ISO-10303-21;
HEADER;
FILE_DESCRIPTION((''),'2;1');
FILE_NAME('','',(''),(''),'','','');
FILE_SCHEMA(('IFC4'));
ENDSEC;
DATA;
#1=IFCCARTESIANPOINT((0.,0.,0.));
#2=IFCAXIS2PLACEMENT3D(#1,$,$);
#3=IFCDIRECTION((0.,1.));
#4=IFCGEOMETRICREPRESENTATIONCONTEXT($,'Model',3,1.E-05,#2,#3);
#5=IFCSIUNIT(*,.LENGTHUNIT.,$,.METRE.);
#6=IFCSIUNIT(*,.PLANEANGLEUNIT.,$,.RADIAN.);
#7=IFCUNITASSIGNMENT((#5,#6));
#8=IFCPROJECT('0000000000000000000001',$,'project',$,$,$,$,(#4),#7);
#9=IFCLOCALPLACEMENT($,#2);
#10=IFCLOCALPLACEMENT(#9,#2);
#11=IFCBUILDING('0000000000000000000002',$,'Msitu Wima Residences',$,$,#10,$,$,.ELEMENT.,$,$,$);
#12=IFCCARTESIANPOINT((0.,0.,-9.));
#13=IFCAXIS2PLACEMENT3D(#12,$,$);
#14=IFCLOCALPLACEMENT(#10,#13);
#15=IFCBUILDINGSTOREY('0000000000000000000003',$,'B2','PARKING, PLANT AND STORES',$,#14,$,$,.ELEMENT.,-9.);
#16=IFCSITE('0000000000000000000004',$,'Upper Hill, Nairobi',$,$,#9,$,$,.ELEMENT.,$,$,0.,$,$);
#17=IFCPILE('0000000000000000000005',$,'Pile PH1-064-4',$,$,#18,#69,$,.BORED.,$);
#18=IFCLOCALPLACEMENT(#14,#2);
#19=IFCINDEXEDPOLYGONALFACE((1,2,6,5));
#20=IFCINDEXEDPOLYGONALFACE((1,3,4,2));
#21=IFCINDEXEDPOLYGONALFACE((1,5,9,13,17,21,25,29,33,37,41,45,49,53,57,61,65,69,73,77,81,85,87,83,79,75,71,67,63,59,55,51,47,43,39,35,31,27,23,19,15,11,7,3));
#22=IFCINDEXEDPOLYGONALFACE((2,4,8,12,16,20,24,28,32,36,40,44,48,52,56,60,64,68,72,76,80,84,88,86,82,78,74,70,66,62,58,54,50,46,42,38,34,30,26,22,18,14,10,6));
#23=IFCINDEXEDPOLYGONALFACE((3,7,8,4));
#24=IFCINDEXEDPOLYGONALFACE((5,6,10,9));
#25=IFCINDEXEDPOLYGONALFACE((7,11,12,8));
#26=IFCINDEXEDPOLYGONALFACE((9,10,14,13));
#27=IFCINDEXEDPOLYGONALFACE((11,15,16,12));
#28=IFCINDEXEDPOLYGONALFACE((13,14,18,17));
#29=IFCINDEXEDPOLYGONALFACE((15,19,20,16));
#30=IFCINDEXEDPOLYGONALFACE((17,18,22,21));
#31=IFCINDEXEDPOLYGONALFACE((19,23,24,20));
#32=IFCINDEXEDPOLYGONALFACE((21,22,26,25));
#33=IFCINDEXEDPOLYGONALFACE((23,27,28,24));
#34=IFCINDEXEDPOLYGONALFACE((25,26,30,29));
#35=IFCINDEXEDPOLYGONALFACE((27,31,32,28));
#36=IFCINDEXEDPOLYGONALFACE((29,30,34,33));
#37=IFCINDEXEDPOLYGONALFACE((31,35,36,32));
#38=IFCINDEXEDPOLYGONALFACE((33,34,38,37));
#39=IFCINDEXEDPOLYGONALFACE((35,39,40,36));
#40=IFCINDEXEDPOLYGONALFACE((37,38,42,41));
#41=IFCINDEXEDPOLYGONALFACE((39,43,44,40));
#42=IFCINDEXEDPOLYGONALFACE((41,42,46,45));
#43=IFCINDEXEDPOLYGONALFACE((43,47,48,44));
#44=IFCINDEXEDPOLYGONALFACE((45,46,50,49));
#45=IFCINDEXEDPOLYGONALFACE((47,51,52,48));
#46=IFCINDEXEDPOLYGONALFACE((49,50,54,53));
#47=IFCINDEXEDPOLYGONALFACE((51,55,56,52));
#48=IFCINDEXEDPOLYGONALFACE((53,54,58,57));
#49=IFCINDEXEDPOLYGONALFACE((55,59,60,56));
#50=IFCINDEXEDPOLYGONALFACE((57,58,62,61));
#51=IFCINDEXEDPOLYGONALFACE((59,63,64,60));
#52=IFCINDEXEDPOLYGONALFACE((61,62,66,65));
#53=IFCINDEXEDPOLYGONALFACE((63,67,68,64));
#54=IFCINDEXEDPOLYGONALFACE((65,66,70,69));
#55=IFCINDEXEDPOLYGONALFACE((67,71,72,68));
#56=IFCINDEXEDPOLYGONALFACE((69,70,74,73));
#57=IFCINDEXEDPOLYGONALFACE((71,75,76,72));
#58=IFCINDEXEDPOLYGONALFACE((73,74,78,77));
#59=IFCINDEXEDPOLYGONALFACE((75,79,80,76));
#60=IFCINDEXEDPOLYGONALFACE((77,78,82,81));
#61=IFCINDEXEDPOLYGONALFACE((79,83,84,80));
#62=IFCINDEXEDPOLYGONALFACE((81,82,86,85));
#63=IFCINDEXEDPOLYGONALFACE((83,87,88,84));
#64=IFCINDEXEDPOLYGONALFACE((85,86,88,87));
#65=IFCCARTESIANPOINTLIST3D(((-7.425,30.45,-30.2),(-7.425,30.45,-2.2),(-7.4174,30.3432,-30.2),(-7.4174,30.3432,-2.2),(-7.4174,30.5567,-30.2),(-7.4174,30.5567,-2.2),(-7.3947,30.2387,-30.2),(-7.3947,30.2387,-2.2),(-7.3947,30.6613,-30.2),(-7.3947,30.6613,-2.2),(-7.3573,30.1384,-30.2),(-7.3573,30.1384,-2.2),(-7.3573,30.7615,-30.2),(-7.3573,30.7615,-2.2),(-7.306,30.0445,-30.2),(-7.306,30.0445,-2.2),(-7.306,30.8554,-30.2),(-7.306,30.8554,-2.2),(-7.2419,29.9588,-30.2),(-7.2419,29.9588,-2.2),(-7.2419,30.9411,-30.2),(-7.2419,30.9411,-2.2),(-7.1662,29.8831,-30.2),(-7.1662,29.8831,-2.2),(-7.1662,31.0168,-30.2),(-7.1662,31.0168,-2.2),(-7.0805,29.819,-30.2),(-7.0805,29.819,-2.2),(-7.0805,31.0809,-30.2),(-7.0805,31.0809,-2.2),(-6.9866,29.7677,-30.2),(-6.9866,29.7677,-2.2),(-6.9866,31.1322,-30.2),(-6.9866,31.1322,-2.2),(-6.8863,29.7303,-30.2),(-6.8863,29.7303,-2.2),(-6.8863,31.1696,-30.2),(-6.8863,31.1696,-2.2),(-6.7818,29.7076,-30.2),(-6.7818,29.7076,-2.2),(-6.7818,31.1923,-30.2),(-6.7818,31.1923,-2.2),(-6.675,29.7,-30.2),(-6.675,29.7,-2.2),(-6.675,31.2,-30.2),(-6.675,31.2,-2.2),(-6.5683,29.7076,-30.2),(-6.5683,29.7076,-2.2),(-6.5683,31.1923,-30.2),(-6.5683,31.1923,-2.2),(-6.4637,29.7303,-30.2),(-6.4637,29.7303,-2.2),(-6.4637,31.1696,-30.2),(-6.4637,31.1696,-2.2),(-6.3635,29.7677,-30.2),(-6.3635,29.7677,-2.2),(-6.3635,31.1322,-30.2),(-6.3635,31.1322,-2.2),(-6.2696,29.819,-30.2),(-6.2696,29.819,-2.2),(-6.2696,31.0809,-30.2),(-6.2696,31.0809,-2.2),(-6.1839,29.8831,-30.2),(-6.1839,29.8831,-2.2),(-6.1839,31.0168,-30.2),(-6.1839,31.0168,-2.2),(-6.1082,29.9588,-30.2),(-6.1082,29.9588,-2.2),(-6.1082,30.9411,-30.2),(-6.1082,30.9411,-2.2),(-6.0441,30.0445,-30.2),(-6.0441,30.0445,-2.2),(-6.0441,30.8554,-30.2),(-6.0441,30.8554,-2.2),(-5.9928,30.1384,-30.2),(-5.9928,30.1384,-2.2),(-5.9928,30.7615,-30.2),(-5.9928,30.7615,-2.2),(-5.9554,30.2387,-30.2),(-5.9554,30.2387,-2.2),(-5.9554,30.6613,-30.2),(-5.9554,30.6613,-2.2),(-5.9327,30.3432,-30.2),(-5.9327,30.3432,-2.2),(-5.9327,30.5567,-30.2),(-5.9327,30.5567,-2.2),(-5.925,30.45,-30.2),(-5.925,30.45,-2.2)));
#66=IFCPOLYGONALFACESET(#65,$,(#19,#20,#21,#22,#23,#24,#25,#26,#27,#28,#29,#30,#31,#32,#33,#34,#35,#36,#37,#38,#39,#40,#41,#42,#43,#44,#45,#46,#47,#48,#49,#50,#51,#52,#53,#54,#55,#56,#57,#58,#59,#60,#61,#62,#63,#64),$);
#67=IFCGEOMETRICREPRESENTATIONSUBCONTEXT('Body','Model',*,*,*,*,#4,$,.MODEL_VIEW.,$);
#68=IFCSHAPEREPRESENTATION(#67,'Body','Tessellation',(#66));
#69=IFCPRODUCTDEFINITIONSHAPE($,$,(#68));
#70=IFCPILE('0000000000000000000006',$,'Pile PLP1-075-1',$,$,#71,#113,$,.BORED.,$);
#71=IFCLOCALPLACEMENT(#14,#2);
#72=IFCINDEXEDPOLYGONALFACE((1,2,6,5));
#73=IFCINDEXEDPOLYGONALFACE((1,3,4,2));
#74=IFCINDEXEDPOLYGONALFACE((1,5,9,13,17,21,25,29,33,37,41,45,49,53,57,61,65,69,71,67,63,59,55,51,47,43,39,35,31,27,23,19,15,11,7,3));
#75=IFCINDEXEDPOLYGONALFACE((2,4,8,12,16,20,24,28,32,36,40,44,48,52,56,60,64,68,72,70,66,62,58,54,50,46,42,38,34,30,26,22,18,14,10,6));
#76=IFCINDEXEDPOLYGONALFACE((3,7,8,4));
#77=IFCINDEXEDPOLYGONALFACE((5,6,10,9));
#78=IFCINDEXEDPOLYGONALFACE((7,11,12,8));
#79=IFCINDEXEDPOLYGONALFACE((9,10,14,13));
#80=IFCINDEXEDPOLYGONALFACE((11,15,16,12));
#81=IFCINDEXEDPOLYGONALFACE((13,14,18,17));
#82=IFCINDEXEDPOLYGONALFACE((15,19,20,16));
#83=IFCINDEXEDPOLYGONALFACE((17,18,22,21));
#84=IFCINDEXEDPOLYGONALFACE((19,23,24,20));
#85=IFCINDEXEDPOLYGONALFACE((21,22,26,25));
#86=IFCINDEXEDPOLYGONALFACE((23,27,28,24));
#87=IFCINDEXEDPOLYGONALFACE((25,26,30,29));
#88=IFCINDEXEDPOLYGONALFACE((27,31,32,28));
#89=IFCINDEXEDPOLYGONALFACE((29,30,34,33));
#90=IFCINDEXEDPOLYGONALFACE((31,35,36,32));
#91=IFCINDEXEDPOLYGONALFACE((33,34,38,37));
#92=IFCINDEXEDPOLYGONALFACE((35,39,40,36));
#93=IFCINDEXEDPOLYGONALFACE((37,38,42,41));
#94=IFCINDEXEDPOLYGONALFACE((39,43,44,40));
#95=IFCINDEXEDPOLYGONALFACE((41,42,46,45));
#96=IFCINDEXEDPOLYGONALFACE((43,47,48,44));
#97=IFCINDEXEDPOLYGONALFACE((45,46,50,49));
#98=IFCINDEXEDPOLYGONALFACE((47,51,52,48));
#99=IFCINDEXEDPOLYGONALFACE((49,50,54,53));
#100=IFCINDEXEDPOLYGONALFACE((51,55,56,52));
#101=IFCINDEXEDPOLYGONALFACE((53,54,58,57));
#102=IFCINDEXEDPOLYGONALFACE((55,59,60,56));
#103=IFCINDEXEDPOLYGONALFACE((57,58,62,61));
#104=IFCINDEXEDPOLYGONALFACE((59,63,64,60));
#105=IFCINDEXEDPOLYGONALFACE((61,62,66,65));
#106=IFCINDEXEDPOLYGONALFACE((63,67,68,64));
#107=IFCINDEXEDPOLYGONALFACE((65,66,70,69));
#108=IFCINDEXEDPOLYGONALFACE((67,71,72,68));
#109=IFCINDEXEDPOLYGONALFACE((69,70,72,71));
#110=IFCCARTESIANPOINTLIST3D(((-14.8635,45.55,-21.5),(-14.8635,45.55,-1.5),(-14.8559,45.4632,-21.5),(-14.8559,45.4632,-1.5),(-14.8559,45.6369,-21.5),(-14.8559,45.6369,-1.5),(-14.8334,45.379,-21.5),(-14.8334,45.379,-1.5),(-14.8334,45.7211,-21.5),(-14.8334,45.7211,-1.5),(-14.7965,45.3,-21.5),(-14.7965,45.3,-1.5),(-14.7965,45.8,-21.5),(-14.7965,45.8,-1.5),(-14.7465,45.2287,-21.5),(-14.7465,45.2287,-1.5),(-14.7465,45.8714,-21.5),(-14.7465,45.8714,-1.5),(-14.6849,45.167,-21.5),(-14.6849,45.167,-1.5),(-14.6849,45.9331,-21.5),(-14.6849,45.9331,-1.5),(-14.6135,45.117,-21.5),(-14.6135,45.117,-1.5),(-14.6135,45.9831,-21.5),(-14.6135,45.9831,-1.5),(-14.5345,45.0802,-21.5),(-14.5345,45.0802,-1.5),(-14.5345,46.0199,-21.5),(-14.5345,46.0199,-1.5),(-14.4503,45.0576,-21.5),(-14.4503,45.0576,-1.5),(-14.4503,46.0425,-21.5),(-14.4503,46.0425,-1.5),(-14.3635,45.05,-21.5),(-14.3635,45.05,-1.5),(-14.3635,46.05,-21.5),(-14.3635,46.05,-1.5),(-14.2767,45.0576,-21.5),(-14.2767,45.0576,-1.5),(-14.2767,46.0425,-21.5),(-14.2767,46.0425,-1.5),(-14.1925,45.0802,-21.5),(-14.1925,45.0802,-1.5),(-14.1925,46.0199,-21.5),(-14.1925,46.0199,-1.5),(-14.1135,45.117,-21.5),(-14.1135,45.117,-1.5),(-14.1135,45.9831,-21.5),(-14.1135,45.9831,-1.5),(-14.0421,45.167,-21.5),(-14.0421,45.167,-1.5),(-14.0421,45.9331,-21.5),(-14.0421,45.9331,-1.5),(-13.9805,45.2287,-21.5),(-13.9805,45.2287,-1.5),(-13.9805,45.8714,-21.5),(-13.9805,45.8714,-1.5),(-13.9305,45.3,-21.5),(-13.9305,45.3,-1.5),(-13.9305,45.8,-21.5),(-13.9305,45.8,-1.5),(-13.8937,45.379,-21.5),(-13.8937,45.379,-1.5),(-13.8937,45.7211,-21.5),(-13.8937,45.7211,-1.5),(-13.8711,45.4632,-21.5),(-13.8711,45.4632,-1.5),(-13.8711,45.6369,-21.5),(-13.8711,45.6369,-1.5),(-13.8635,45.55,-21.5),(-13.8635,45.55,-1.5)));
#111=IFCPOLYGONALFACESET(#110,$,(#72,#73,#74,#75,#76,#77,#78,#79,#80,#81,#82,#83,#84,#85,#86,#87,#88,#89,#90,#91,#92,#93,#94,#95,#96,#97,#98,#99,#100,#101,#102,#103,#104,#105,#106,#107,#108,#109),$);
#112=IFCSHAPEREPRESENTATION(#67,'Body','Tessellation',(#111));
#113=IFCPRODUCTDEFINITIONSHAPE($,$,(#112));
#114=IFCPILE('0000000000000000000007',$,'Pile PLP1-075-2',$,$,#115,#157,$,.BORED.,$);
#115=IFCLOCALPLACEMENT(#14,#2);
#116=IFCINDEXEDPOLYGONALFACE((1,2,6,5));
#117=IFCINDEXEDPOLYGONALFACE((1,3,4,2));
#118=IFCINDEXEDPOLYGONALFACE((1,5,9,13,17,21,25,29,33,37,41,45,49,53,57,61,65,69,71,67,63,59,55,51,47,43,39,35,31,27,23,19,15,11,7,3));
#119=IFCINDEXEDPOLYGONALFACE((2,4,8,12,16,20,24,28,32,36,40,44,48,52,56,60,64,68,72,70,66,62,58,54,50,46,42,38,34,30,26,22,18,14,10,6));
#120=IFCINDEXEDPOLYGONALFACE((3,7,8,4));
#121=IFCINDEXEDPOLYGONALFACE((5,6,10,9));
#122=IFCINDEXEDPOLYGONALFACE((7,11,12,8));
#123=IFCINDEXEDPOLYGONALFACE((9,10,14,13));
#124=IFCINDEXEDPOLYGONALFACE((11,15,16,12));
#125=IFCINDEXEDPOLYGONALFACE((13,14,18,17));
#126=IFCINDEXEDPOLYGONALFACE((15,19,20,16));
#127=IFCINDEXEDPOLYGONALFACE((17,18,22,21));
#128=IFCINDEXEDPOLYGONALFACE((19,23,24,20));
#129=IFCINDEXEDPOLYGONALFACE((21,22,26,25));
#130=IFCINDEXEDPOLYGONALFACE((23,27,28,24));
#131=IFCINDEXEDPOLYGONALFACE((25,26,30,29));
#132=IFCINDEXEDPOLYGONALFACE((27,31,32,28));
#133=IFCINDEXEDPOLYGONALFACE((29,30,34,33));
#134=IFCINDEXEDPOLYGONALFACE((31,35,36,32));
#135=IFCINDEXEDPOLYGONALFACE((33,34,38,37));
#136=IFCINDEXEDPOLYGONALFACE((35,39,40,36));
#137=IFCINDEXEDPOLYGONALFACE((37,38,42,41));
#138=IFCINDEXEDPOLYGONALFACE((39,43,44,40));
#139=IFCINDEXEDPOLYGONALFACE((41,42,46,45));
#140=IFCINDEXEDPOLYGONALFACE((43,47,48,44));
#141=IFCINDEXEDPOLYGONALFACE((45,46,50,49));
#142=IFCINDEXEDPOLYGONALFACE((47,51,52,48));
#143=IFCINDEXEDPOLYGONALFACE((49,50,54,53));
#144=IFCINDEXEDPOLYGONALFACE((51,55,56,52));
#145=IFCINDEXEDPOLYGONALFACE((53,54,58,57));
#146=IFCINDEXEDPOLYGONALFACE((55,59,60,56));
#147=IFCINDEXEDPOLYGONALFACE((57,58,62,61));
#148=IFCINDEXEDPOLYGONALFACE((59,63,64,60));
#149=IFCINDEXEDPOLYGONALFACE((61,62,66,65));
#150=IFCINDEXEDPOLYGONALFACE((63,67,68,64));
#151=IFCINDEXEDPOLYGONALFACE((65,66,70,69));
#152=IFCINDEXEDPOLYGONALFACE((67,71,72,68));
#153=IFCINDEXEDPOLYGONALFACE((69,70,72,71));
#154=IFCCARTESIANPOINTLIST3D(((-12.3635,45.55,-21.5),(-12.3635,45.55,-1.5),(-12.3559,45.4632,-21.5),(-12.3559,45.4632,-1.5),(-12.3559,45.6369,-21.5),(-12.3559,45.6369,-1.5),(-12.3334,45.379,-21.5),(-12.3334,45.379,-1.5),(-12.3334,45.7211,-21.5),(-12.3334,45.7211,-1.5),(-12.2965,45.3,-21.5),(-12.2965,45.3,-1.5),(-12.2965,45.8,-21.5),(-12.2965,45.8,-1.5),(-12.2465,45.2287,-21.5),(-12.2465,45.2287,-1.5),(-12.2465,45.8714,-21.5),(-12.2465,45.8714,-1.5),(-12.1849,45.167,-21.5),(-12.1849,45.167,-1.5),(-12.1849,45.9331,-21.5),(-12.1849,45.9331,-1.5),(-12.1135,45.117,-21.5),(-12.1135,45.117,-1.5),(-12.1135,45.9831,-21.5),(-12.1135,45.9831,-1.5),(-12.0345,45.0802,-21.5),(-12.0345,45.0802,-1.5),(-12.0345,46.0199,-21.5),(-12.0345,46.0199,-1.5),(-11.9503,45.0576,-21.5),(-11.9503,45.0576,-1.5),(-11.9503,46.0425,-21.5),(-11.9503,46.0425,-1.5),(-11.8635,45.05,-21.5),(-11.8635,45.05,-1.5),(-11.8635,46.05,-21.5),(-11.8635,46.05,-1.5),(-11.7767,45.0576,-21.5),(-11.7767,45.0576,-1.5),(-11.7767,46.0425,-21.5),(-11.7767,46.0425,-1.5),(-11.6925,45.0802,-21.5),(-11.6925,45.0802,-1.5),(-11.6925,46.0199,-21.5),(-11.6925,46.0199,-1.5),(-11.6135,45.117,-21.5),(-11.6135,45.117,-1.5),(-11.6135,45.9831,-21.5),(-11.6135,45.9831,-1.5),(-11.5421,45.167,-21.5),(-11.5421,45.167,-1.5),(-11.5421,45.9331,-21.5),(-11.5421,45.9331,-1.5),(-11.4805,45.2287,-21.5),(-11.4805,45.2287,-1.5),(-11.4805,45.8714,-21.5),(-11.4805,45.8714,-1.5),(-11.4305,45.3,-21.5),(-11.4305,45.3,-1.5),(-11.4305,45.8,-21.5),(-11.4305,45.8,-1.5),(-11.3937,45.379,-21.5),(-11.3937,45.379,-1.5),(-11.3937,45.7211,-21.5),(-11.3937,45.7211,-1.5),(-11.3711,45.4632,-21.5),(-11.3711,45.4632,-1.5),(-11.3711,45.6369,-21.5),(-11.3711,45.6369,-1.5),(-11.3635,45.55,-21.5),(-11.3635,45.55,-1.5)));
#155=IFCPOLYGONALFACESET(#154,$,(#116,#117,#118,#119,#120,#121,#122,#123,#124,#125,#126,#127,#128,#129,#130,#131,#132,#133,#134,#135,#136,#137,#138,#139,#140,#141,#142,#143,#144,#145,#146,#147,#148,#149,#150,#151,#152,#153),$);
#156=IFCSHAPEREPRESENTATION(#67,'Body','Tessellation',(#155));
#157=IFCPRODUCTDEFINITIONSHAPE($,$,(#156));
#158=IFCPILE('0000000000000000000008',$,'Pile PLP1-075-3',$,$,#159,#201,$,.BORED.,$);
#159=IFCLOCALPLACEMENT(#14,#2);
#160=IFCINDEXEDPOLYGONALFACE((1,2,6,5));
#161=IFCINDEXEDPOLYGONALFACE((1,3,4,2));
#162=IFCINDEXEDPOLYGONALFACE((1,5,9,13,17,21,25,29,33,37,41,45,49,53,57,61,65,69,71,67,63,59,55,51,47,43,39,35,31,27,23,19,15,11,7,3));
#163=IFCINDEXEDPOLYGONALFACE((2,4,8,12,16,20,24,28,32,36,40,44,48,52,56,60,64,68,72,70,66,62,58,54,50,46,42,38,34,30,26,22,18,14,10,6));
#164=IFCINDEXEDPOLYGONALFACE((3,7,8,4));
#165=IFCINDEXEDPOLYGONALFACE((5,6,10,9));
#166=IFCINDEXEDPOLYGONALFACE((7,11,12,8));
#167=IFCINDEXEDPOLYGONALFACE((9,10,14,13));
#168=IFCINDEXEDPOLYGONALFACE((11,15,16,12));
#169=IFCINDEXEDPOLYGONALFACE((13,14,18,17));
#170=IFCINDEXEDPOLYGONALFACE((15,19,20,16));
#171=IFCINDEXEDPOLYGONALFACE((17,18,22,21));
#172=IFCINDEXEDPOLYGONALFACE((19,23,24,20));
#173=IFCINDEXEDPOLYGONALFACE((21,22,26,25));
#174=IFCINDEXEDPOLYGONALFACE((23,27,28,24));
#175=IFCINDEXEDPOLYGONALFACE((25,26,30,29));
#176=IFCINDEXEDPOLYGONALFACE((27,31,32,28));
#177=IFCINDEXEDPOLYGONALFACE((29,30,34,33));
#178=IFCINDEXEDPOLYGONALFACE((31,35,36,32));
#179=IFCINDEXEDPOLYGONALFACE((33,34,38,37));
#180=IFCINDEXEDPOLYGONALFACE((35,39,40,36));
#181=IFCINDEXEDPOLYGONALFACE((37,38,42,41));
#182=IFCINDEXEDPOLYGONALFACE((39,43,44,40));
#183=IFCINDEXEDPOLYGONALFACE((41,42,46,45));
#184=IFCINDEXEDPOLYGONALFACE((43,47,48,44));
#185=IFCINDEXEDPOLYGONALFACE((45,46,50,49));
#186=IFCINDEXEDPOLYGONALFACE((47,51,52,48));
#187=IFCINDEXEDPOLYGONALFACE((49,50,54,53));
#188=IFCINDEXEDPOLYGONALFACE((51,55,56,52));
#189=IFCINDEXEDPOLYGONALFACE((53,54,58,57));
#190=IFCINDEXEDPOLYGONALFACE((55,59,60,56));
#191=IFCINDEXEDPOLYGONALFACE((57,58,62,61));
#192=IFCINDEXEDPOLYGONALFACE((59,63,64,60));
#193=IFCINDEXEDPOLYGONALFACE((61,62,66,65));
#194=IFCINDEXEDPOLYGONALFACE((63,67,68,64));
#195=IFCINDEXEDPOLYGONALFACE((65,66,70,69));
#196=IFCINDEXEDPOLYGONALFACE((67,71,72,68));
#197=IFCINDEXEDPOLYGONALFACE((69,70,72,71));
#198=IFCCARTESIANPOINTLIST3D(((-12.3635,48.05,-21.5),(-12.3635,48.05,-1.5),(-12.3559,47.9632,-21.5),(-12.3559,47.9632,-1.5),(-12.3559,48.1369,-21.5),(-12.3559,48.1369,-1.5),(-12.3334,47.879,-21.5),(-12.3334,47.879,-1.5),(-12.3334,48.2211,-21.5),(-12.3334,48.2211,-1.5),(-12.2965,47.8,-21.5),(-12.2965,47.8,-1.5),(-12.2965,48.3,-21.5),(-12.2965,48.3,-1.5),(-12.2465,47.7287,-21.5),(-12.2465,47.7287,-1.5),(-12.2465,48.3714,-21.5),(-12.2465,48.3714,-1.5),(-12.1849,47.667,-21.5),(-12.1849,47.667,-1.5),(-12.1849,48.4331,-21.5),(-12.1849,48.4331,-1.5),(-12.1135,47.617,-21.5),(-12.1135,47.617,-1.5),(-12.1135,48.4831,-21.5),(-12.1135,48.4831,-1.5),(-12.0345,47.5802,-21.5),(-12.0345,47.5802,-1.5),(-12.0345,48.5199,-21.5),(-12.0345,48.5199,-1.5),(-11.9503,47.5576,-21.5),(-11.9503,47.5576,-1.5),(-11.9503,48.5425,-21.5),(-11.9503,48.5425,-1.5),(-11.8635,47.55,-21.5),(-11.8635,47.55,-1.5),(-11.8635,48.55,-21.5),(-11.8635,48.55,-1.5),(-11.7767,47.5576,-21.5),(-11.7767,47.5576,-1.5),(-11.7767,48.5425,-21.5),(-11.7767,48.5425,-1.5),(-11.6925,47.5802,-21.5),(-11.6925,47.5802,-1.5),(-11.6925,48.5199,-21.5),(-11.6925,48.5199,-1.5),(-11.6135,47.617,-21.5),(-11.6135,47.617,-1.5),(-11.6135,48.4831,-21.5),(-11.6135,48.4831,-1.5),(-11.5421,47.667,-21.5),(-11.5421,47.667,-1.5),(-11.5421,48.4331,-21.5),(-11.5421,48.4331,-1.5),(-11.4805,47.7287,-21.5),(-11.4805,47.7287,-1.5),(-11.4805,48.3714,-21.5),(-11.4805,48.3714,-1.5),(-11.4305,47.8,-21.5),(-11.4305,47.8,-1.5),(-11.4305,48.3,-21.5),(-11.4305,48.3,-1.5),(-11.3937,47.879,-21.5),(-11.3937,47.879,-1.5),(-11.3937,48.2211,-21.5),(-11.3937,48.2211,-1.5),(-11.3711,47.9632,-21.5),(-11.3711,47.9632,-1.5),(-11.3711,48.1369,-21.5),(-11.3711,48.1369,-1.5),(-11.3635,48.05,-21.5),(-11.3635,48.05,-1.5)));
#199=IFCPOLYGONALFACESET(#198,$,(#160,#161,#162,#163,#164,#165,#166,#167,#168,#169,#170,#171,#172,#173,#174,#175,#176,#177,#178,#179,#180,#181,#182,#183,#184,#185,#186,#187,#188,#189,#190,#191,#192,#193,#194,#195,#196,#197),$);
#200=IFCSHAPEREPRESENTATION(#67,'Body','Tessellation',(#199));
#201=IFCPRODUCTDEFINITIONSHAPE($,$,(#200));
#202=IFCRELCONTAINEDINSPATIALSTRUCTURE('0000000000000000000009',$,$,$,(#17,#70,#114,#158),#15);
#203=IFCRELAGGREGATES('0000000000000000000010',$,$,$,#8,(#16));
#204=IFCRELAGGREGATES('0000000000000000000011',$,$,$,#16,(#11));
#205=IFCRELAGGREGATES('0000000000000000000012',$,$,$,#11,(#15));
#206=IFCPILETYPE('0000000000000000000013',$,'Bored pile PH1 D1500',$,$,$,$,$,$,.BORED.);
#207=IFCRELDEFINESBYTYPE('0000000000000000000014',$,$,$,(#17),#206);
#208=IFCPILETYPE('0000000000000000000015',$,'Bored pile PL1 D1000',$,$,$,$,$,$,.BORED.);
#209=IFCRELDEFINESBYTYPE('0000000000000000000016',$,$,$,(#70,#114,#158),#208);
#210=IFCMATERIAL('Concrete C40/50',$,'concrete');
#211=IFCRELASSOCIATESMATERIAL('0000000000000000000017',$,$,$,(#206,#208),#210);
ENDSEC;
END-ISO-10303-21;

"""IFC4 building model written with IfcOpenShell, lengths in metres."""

from ifc_helpers import new_model, si_unit, direction, frame, origin, origin_2d, place, context, subcontext, project, spatial, circle, extrude, material, type_object, element, save


model = new_model("IFC4")

# Units and contexts
model_context = context("Model", 3, precision=1e-05, world=origin(), true_north=direction((0.0, 1.0)))
body_context = subcontext(model_context, "Body", "Model", "MODEL_VIEW")
ifc_project = project(units=[si_unit("LENGTHUNIT", "METRE"), si_unit("PLANEANGLEUNIT", "RADIAN")], contexts=[model_context])

# Site, building, storey
site_placement = place(None, origin())
site = spatial("IfcSite", under=ifc_project, at=site_placement, Name="Upper Hill, Nairobi", CompositionType="ELEMENT", RefElevation=0.0)
building_placement = place(site_placement, origin())
building = spatial("IfcBuilding", under=site, at=building_placement, Name="Msitu Wima Residences", CompositionType="ELEMENT")
storey_placement = place(building_placement, frame((0.0, 0.0, -9.0)))
storey = spatial("IfcBuildingStorey", under=building, at=storey_placement, Name="B2", Description="PARKING, PLANT AND STORES", CompositionType="ELEMENT", Elevation=-9.0)

# Piles
ifc_material_1 = material(Name="Concrete C40/50", Category="concrete")
pile_type_1 = type_object("IfcPileType", Name="Bored pile PH1 D1500", PredefinedType="BORED", material=ifc_material_1)
for number, where, z_axis, x_axis, name in (
    (1, (-6.675, 30.45, -2.2), (0.0, 0.0, -1.0), (1.0, 0.0, 0.0), "Pile PH1-064-4"),
):
    element("IfcPile", number, at=place(storey_placement, frame(where, z_axis=z_axis, x_axis=x_axis)), inside=storey, type_object=pile_type_1, Name=name, PredefinedType="BORED", context=body_context, shape_type="SweptSolid", body=[
        extrude(circle(Radius=0.75, at=origin_2d()), origin(), (0.0, 0.0, 1.0), 28.0),
    ])
pile_type_2 = type_object("IfcPileType", Name="Bored pile PL1 D1000", PredefinedType="BORED", material=ifc_material_1)
for number, where, z_axis, x_axis, name in (
    (2, (-14.3635, 45.55, -1.5), (0.0, 0.0, -1.0), (1.0, 0.0, 0.0), "Pile PLP1-075-1"),
    (3, (-11.8635, 45.55, -1.5), (0.0, 0.0, -1.0), (1.0, 0.0, 0.0), "Pile PLP1-075-2"),
    (4, (-11.8635, 48.05, -1.5), (0.0, 0.0, -1.0), (1.0, 0.0, 0.0), "Pile PLP1-075-3"),
):
    element("IfcPile", number, at=place(storey_placement, frame(where, z_axis=z_axis, x_axis=x_axis)), inside=storey, type_object=pile_type_2, Name=name, PredefinedType="BORED", context=body_context, shape_type="SweptSolid", body=[
        extrude(circle(Radius=0.5, at=origin_2d()), origin(), (0.0, 0.0, 1.0), 20.0),
    ])

save(model, "model.ifc")
